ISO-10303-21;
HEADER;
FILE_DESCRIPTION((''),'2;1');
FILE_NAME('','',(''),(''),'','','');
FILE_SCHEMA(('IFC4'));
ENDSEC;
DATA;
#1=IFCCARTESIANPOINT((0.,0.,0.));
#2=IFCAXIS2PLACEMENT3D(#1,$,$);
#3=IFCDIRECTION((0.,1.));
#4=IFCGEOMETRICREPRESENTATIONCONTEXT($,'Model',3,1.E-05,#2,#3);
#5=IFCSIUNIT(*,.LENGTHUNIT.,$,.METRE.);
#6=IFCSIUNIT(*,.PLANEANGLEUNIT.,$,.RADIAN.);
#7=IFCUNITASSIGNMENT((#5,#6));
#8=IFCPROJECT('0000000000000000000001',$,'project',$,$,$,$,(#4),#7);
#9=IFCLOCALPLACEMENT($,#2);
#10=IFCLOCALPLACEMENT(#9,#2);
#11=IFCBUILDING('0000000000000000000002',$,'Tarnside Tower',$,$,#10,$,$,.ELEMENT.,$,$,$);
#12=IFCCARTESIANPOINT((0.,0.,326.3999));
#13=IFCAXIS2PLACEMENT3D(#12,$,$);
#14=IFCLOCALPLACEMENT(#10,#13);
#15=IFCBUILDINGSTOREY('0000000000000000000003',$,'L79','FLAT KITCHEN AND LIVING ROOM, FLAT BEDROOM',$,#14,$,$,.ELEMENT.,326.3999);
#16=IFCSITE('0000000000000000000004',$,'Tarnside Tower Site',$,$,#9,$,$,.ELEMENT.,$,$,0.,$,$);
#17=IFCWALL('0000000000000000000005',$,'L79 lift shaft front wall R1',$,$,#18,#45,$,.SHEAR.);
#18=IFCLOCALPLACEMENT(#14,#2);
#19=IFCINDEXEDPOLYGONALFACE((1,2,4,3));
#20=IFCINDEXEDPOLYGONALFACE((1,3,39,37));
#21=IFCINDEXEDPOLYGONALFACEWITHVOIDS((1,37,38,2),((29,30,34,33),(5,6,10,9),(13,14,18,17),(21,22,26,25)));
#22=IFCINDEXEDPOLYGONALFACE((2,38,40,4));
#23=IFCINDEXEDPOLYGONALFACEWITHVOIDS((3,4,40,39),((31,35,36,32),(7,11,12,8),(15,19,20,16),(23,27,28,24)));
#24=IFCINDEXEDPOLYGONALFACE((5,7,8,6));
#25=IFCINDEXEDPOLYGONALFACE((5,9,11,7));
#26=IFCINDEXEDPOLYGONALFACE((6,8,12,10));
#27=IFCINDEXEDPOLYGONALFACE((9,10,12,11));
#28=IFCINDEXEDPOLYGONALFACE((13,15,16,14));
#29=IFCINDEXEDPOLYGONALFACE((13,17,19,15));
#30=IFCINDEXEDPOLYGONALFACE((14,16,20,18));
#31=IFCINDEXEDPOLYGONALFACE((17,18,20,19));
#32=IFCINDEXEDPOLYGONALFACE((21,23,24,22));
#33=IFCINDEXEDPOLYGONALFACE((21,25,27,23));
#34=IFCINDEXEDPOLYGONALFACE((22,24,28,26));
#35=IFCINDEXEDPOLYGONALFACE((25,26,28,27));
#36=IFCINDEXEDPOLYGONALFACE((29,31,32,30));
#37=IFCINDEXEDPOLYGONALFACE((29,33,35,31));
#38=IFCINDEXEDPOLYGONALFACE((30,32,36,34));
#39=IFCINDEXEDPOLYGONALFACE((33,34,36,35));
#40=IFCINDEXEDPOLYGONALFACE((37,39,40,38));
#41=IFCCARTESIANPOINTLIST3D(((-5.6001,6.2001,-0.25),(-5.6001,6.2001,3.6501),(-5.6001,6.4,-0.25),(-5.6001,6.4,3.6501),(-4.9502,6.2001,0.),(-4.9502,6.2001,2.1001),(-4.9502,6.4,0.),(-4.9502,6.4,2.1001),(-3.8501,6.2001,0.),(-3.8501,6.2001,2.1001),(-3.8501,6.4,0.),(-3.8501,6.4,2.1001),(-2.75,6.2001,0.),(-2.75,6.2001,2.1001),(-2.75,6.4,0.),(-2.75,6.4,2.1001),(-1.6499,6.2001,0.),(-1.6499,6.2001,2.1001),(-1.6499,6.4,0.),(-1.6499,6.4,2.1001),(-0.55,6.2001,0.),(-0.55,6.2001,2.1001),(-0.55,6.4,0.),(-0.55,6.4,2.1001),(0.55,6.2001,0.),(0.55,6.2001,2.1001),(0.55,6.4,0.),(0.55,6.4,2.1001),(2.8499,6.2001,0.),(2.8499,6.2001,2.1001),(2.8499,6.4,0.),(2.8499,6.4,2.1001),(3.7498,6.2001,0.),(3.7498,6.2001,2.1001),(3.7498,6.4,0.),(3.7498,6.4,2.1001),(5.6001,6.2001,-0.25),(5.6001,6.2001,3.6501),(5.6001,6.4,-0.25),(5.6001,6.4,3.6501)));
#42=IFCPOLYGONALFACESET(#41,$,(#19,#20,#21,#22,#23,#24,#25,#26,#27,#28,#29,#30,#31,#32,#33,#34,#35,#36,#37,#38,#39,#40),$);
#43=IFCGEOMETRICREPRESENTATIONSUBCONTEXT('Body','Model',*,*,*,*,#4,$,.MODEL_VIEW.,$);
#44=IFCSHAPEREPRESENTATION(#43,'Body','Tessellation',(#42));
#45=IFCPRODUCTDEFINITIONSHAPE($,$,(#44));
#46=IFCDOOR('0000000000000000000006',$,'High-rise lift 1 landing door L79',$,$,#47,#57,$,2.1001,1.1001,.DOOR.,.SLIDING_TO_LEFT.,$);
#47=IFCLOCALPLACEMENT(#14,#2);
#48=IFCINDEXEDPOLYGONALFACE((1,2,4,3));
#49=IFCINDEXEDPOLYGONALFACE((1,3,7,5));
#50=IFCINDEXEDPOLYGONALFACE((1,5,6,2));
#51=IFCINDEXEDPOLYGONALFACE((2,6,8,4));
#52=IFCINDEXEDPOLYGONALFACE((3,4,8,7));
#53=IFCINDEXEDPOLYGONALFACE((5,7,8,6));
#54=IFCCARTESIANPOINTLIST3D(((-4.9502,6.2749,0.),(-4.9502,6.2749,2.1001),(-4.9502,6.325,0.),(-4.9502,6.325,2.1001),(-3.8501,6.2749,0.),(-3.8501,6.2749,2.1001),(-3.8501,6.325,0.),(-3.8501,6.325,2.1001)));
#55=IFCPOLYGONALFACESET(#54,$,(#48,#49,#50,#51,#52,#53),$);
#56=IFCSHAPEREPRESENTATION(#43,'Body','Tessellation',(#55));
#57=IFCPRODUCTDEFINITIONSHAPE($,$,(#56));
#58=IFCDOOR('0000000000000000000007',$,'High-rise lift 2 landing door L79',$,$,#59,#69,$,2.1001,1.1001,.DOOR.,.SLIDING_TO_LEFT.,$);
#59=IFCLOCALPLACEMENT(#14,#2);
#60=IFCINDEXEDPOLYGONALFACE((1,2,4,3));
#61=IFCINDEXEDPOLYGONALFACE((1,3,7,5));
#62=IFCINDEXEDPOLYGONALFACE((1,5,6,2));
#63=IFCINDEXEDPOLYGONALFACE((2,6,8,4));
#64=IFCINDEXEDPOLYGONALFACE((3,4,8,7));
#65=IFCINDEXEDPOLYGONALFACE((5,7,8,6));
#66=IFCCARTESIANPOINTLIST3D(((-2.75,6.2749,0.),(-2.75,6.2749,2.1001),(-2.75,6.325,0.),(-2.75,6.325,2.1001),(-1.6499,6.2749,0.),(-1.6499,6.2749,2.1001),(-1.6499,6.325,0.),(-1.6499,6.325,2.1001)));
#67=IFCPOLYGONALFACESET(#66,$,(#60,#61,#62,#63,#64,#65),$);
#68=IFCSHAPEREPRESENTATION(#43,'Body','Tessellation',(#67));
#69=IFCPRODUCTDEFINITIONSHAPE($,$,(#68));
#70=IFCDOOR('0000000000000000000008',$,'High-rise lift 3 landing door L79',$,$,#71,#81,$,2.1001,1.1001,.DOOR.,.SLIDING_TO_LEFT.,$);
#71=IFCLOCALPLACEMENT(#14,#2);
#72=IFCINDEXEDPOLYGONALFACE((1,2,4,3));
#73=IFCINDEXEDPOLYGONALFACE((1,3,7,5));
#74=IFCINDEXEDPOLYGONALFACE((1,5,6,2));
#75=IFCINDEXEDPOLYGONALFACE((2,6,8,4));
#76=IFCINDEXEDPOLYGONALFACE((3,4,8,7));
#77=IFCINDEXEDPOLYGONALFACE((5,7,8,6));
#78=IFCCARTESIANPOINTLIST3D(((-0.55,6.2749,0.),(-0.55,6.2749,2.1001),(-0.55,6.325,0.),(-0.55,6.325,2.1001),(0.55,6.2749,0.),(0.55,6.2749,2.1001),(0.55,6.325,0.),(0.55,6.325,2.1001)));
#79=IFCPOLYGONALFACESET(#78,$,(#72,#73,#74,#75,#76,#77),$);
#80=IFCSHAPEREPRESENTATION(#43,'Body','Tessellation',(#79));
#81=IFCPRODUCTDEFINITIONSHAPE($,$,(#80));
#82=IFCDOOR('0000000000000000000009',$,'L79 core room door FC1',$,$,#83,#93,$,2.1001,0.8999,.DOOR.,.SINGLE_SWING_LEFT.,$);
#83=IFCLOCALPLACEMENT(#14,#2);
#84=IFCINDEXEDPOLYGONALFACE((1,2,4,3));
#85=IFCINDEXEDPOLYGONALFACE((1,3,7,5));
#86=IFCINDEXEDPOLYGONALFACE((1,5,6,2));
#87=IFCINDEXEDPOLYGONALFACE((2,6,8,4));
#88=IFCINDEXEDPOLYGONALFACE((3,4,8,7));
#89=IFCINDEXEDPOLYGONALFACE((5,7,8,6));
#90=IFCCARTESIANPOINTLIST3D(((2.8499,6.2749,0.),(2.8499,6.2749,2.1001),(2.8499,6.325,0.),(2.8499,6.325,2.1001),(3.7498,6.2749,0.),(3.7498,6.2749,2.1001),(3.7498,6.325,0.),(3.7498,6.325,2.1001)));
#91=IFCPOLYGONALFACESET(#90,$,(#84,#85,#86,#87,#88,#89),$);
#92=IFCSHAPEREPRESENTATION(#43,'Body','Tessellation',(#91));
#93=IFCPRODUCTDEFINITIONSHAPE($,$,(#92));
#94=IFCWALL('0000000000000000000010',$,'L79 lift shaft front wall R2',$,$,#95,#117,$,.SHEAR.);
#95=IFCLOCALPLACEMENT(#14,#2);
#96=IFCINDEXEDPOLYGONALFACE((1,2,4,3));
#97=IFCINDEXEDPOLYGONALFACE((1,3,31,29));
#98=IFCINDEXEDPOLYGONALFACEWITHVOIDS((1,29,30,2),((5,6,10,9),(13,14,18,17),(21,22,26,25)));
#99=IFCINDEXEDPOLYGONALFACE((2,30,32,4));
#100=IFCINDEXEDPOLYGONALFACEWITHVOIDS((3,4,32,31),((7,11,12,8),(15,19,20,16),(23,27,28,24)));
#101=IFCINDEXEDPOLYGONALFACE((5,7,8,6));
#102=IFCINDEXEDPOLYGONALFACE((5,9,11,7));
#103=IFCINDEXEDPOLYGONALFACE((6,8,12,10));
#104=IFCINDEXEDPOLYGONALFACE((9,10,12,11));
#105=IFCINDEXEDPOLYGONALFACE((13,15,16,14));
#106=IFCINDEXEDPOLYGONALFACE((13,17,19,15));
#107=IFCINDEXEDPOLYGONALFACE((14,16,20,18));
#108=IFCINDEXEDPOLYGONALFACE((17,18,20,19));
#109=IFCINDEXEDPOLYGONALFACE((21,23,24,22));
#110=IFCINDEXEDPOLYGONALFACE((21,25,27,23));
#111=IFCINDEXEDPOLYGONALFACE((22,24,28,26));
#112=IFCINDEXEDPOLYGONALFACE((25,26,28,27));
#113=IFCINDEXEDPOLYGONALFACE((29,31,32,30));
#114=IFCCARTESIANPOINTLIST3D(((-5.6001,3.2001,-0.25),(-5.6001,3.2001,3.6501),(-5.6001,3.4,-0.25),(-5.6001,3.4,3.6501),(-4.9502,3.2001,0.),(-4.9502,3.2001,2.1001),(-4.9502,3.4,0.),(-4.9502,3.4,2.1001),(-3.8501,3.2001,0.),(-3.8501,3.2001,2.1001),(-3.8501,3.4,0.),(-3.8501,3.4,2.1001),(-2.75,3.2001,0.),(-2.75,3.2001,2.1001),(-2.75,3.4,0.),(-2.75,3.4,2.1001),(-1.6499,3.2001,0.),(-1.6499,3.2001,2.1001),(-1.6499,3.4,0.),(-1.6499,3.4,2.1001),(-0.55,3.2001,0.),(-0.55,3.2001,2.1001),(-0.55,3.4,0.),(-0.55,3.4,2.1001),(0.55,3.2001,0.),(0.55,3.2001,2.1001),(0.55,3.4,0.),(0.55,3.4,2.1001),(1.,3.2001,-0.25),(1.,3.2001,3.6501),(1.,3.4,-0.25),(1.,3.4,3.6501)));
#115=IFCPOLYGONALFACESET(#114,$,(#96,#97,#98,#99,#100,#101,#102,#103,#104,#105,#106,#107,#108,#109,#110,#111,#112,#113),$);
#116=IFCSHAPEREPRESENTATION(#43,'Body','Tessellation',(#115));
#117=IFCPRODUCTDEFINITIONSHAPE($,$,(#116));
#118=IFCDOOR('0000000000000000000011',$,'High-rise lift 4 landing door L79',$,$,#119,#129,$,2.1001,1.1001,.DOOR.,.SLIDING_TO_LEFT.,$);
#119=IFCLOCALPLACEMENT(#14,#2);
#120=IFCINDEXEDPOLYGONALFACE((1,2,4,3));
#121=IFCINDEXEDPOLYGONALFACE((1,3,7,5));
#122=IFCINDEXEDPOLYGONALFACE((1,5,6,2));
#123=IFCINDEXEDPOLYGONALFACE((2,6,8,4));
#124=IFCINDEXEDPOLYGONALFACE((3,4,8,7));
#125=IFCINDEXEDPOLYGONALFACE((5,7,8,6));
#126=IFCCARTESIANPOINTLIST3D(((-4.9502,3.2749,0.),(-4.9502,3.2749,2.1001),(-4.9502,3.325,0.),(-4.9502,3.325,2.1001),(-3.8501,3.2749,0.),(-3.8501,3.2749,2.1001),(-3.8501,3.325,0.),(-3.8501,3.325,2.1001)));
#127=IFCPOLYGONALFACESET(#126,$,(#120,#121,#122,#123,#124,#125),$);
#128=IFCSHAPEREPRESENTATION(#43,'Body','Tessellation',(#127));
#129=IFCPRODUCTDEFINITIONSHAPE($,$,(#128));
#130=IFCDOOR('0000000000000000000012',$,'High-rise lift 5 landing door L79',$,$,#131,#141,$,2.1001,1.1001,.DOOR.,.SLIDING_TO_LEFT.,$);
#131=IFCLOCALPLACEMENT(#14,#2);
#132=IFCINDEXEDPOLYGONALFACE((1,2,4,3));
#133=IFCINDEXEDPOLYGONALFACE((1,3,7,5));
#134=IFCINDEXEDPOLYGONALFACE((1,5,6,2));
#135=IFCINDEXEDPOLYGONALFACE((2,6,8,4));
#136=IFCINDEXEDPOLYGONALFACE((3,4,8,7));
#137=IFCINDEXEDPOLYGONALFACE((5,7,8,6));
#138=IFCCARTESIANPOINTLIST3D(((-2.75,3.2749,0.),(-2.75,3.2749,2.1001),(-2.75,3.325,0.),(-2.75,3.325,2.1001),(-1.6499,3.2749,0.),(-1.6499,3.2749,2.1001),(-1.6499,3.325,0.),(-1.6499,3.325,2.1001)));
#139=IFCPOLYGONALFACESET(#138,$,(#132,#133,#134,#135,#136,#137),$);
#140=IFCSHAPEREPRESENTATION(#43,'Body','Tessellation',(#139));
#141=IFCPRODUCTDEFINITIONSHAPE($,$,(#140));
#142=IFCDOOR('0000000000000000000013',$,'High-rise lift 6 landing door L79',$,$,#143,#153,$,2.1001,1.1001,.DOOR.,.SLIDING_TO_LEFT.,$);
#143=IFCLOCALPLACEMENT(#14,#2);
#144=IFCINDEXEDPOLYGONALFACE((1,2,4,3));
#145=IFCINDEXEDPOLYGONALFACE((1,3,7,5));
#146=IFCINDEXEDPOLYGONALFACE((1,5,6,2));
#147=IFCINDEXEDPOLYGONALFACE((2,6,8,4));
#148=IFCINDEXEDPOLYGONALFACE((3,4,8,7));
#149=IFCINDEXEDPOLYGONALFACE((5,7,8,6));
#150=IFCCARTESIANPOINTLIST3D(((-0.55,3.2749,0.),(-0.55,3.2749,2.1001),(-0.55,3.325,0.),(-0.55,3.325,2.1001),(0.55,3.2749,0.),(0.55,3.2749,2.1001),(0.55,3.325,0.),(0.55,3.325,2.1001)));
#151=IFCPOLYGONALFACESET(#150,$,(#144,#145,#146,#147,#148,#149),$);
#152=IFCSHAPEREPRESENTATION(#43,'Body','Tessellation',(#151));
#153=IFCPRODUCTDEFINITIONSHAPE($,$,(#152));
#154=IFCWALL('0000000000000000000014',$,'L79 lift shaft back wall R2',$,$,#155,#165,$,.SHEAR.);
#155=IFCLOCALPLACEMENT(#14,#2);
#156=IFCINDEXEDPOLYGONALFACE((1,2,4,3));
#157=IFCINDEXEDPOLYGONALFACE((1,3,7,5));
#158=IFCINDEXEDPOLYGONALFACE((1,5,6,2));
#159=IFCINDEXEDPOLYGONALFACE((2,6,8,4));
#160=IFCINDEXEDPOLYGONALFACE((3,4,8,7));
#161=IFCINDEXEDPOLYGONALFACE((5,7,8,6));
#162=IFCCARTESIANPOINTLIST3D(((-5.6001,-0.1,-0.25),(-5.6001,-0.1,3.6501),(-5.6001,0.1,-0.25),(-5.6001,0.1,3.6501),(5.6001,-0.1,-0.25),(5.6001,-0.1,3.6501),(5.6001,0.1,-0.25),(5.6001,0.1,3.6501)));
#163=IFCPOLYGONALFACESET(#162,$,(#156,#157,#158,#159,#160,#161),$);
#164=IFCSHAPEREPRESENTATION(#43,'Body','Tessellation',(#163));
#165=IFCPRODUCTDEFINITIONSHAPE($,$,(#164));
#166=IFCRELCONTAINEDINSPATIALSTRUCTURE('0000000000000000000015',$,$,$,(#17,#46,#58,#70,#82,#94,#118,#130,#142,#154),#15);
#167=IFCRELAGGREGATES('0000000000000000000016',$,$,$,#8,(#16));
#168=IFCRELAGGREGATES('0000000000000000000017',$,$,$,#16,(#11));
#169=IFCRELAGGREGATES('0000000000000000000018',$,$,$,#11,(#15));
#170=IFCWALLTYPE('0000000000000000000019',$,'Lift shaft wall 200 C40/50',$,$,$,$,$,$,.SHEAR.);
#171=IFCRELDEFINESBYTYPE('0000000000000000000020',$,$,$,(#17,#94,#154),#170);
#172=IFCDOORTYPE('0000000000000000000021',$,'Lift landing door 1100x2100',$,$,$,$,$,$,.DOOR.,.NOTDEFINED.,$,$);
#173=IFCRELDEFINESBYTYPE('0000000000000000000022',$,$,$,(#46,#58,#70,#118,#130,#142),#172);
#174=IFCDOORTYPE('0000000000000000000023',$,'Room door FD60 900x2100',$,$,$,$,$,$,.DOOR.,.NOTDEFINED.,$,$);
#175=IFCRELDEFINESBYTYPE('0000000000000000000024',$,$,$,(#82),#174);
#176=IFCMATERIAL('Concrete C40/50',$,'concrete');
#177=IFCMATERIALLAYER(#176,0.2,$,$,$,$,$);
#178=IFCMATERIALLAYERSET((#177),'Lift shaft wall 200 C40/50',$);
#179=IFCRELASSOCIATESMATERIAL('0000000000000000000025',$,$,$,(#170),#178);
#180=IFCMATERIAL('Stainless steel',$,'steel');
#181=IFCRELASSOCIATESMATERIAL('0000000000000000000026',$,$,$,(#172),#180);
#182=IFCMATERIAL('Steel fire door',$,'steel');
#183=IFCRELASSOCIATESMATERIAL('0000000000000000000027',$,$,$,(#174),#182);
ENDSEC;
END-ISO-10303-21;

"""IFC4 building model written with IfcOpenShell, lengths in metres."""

from ifc_helpers import new_model, si_unit, direction, frame, frame_2d, origin, place, context, subcontext, project, spatial, rectangle, extrude, material, layer, layer_set, type_object, element, fill, save


model = new_model("IFC4")

# Units and contexts
model_context = context("Model", 3, precision=1e-05, world=origin(), true_north=direction((0.0, 1.0)))
body_context = subcontext(model_context, "Body", "Model", "MODEL_VIEW")
ifc_project = project(units=[si_unit("LENGTHUNIT", "METRE"), si_unit("PLANEANGLEUNIT", "RADIAN")], contexts=[model_context])

# Site, building, storey
site_placement = place(None, origin())
site = spatial("IfcSite", under=ifc_project, at=site_placement, Name="Tarnside Tower Site", CompositionType="ELEMENT", RefElevation=0.0)
building_placement = place(site_placement, origin())
building = spatial("IfcBuilding", under=site, at=building_placement, Name="Tarnside Tower", CompositionType="ELEMENT")
storey_placement = place(building_placement, frame((0.0, 0.0, 326.3999)))
storey = spatial("IfcBuildingStorey", under=building, at=storey_placement, Name="L79", Description="FLAT KITCHEN AND LIVING ROOM, FLAT BEDROOM", CompositionType="ELEMENT", Elevation=326.3999)

# Shared definitions
ifc_material_1 = material(Name="Steel fire door", Category="steel")

# Walls, openings, doors
ifc_material_2 = material(Name="Concrete C40/50", Category="concrete")
ifc_layer_1 = layer(ifc_material_2, 0.2)
ifc_layer_set_1 = layer_set([ifc_layer_1], Name="Lift shaft wall 200 C40/50")
wall_type_1 = type_object("IfcWallType", Name="Lift shaft wall 200 C40/50", PredefinedType="SHEAR", material=ifc_layer_set_1)
wall_1_placement = place(storey_placement, frame((-5.6001, 6.3, -0.25), z_axis=(0.0, 0.0, 1.0), x_axis=(1.0, 0.0, 0.0)))
wall_1 = element("IfcWall", 1, at=wall_1_placement, inside=storey, type_object=wall_type_1, Name="L79 lift shaft front wall R1", PredefinedType="SHEAR", context=body_context, shape_type="SweptSolid", body=[
    extrude(rectangle(XDim=11.2002, YDim=0.2, at=frame_2d((5.6001, 0.0))), origin(), (0.0, 0.0, 1.0), 3.9001),
])
opening_1_placement = place(wall_1_placement, frame((8.45, 0.0, 0.25)))
opening_1 = element("IfcOpeningElement", 2, at=opening_1_placement, cuts=wall_1, PredefinedType="OPENING", context=body_context, shape_type="SweptSolid", body=[
    extrude(rectangle(XDim=0.8999, YDim=2.1001, at=frame_2d((0.45, 1.05))), frame((0.0, 0.1099, 0.0), z_axis=(0.0, -1.0, 0.0), x_axis=(1.0, 0.0, 0.0)), (0.0, 0.0, 1.0), 0.22),
])
opening_2_placement = place(wall_1_placement, frame((0.6499, 0.0, 0.25)))
opening_2 = element("IfcOpeningElement", 3, at=opening_2_placement, cuts=wall_1, PredefinedType="OPENING", context=body_context, shape_type="SweptSolid", body=[
    extrude(rectangle(XDim=1.1001, YDim=2.1001, at=frame_2d((0.55, 1.05))), frame((0.0, 0.1099, 0.0), z_axis=(0.0, -1.0, 0.0), x_axis=(1.0, 0.0, 0.0)), (0.0, 0.0, 1.0), 0.22),
])
opening_3_placement = place(wall_1_placement, frame((2.8501, 0.0, 0.25)))
opening_3 = element("IfcOpeningElement", 4, at=opening_3_placement, cuts=wall_1, PredefinedType="OPENING", context=body_context, shape_type="SweptSolid", body=[
    extrude(rectangle(XDim=1.1001, YDim=2.1001, at=frame_2d((0.55, 1.05))), frame((0.0, 0.1099, 0.0), z_axis=(0.0, -1.0, 0.0), x_axis=(1.0, 0.0, 0.0)), (0.0, 0.0, 1.0), 0.22),
])
opening_4_placement = place(wall_1_placement, frame((5.05, 0.0, 0.25)))
opening_4 = element("IfcOpeningElement", 5, at=opening_4_placement, cuts=wall_1, PredefinedType="OPENING", context=body_context, shape_type="SweptSolid", body=[
    extrude(rectangle(XDim=1.1001, YDim=2.1001, at=frame_2d((0.55, 1.05))), frame((0.0, 0.1099, 0.0), z_axis=(0.0, -1.0, 0.0), x_axis=(1.0, 0.0, 0.0)), (0.0, 0.0, 1.0), 0.22),
])
ifc_material_3 = material(Name="Stainless steel", Category="steel")
door_type_1 = type_object("IfcDoorType", Name="Lift landing door 1100x2100", OperationType="NOTDEFINED", PredefinedType="DOOR", material=ifc_material_3)
door_1_placement = place(opening_2_placement, origin())
door_1 = element("IfcDoor", 6, at=door_1_placement, inside=storey, type_object=door_type_1, Name="High-rise lift 1 landing door L79", OperationType="SLIDING_TO_LEFT", OverallHeight=2.1001, OverallWidth=1.1001, PredefinedType="DOOR", context=body_context, shape_type="SweptSolid", body=[
    extrude(rectangle(XDim=1.1001, YDim=2.1001, at=frame_2d((0.55, 1.05))), frame((0.0, 0.0249, 0.0), z_axis=(0.0, -1.0, 0.0), x_axis=(1.0, 0.0, 0.0)), (0.0, 0.0, 1.0), 0.05),
])
fill(opening_2, door_1)
door_2_placement = place(opening_3_placement, origin())
door_2 = element("IfcDoor", 7, at=door_2_placement, inside=storey, type_object=door_type_1, Name="High-rise lift 2 landing door L79", OperationType="SLIDING_TO_LEFT", OverallHeight=2.1001, OverallWidth=1.1001, PredefinedType="DOOR", context=body_context, shape_type="SweptSolid", body=[
    extrude(rectangle(XDim=1.1001, YDim=2.1001, at=frame_2d((0.55, 1.05))), frame((0.0, 0.0249, 0.0), z_axis=(0.0, -1.0, 0.0), x_axis=(1.0, 0.0, 0.0)), (0.0, 0.0, 1.0), 0.05),
])
fill(opening_3, door_2)
door_3_placement = place(opening_4_placement, origin())
door_3 = element("IfcDoor", 8, at=door_3_placement, inside=storey, type_object=door_type_1, Name="High-rise lift 3 landing door L79", OperationType="SLIDING_TO_LEFT", OverallHeight=2.1001, OverallWidth=1.1001, PredefinedType="DOOR", context=body_context, shape_type="SweptSolid", body=[
    extrude(rectangle(XDim=1.1001, YDim=2.1001, at=frame_2d((0.55, 1.05))), frame((0.0, 0.0249, 0.0), z_axis=(0.0, -1.0, 0.0), x_axis=(1.0, 0.0, 0.0)), (0.0, 0.0, 1.0), 0.05),
])
fill(opening_4, door_3)
door_type_2 = type_object("IfcDoorType", Name="Room door FD60 900x2100", OperationType="NOTDEFINED", PredefinedType="DOOR", material=ifc_material_1)
door_4_placement = place(opening_1_placement, origin())
door_4 = element("IfcDoor", 9, at=door_4_placement, inside=storey, type_object=door_type_2, Name="L79 core room door FC1", OperationType="SINGLE_SWING_LEFT", OverallHeight=2.1001, OverallWidth=0.8999, PredefinedType="DOOR", context=body_context, shape_type="SweptSolid", body=[
    extrude(rectangle(XDim=0.8999, YDim=2.1001, at=frame_2d((0.45, 1.05))), frame((0.0, 0.0249, 0.0), z_axis=(0.0, -1.0, 0.0), x_axis=(1.0, 0.0, 0.0)), (0.0, 0.0, 1.0), 0.05),
])
fill(opening_1, door_4)
wall_2_placement = place(storey_placement, frame((-5.6001, 3.3, -0.25), z_axis=(0.0, 0.0, 1.0), x_axis=(1.0, 0.0, 0.0)))
wall_2 = element("IfcWall", 10, at=wall_2_placement, inside=storey, type_object=wall_type_1, Name="L79 lift shaft front wall R2", PredefinedType="SHEAR", context=body_context, shape_type="SweptSolid", body=[
    extrude(rectangle(XDim=6.6001, YDim=0.2, at=frame_2d((3.3, 0.0))), origin(), (0.0, 0.0, 1.0), 3.9001),
])
opening_5_placement = place(wall_2_placement, frame((0.6499, 0.0, 0.25)))
opening_5 = element("IfcOpeningElement", 11, at=opening_5_placement, cuts=wall_2, PredefinedType="OPENING", context=body_context, shape_type="SweptSolid", body=[
    extrude(rectangle(XDim=1.1001, YDim=2.1001, at=frame_2d((0.55, 1.05))), frame((0.0, 0.1099, 0.0), z_axis=(0.0, -1.0, 0.0), x_axis=(1.0, 0.0, 0.0)), (0.0, 0.0, 1.0), 0.22),
])
opening_6_placement = place(wall_2_placement, frame((2.8501, 0.0, 0.25)))
opening_6 = element("IfcOpeningElement", 12, at=opening_6_placement, cuts=wall_2, PredefinedType="OPENING", context=body_context, shape_type="SweptSolid", body=[
    extrude(rectangle(XDim=1.1001, YDim=2.1001, at=frame_2d((0.55, 1.05))), frame((0.0, 0.1099, 0.0), z_axis=(0.0, -1.0, 0.0), x_axis=(1.0, 0.0, 0.0)), (0.0, 0.0, 1.0), 0.22),
])
opening_7_placement = place(wall_2_placement, frame((5.05, 0.0, 0.25)))
opening_7 = element("IfcOpeningElement", 13, at=opening_7_placement, cuts=wall_2, PredefinedType="OPENING", context=body_context, shape_type="SweptSolid", body=[
    extrude(rectangle(XDim=1.1001, YDim=2.1001, at=frame_2d((0.55, 1.05))), frame((0.0, 0.1099, 0.0), z_axis=(0.0, -1.0, 0.0), x_axis=(1.0, 0.0, 0.0)), (0.0, 0.0, 1.0), 0.22),
])
door_5_placement = place(opening_5_placement, origin())
door_5 = element("IfcDoor", 14, at=door_5_placement, inside=storey, type_object=door_type_1, Name="High-rise lift 4 landing door L79", OperationType="SLIDING_TO_LEFT", OverallHeight=2.1001, OverallWidth=1.1001, PredefinedType="DOOR", context=body_context, shape_type="SweptSolid", body=[
    extrude(rectangle(XDim=1.1001, YDim=2.1001, at=frame_2d((0.55, 1.05))), frame((0.0, 0.0249, 0.0), z_axis=(0.0, -1.0, 0.0), x_axis=(1.0, 0.0, 0.0)), (0.0, 0.0, 1.0), 0.05),
])
fill(opening_5, door_5)
door_6_placement = place(opening_6_placement, origin())
door_6 = element("IfcDoor", 15, at=door_6_placement, inside=storey, type_object=door_type_1, Name="High-rise lift 5 landing door L79", OperationType="SLIDING_TO_LEFT", OverallHeight=2.1001, OverallWidth=1.1001, PredefinedType="DOOR", context=body_context, shape_type="SweptSolid", body=[
    extrude(rectangle(XDim=1.1001, YDim=2.1001, at=frame_2d((0.55, 1.05))), frame((0.0, 0.0249, 0.0), z_axis=(0.0, -1.0, 0.0), x_axis=(1.0, 0.0, 0.0)), (0.0, 0.0, 1.0), 0.05),
])
fill(opening_6, door_6)
door_7_placement = place(opening_7_placement, origin())
door_7 = element("IfcDoor", 16, at=door_7_placement, inside=storey, type_object=door_type_1, Name="High-rise lift 6 landing door L79", OperationType="SLIDING_TO_LEFT", OverallHeight=2.1001, OverallWidth=1.1001, PredefinedType="DOOR", context=body_context, shape_type="SweptSolid", body=[
    extrude(rectangle(XDim=1.1001, YDim=2.1001, at=frame_2d((0.55, 1.05))), frame((0.0, 0.0249, 0.0), z_axis=(0.0, -1.0, 0.0), x_axis=(1.0, 0.0, 0.0)), (0.0, 0.0, 1.0), 0.05),
])
fill(opening_7, door_7)

# Wall
wall_3_placement = place(storey_placement, frame((-5.6001, 0.0, -0.25), z_axis=(0.0, 0.0, 1.0), x_axis=(1.0, 0.0, 0.0)))
element("IfcWall", 17, at=wall_3_placement, inside=storey, type_object=wall_type_1, Name="L79 lift shaft back wall R2", PredefinedType="SHEAR", context=body_context, shape_type="SweptSolid", body=[
    extrude(rectangle(XDim=11.2002, YDim=0.2, at=frame_2d((5.6001, 0.0))), origin(), (0.0, 0.0, 1.0), 3.9001),
])

save(model, "model.ifc")
